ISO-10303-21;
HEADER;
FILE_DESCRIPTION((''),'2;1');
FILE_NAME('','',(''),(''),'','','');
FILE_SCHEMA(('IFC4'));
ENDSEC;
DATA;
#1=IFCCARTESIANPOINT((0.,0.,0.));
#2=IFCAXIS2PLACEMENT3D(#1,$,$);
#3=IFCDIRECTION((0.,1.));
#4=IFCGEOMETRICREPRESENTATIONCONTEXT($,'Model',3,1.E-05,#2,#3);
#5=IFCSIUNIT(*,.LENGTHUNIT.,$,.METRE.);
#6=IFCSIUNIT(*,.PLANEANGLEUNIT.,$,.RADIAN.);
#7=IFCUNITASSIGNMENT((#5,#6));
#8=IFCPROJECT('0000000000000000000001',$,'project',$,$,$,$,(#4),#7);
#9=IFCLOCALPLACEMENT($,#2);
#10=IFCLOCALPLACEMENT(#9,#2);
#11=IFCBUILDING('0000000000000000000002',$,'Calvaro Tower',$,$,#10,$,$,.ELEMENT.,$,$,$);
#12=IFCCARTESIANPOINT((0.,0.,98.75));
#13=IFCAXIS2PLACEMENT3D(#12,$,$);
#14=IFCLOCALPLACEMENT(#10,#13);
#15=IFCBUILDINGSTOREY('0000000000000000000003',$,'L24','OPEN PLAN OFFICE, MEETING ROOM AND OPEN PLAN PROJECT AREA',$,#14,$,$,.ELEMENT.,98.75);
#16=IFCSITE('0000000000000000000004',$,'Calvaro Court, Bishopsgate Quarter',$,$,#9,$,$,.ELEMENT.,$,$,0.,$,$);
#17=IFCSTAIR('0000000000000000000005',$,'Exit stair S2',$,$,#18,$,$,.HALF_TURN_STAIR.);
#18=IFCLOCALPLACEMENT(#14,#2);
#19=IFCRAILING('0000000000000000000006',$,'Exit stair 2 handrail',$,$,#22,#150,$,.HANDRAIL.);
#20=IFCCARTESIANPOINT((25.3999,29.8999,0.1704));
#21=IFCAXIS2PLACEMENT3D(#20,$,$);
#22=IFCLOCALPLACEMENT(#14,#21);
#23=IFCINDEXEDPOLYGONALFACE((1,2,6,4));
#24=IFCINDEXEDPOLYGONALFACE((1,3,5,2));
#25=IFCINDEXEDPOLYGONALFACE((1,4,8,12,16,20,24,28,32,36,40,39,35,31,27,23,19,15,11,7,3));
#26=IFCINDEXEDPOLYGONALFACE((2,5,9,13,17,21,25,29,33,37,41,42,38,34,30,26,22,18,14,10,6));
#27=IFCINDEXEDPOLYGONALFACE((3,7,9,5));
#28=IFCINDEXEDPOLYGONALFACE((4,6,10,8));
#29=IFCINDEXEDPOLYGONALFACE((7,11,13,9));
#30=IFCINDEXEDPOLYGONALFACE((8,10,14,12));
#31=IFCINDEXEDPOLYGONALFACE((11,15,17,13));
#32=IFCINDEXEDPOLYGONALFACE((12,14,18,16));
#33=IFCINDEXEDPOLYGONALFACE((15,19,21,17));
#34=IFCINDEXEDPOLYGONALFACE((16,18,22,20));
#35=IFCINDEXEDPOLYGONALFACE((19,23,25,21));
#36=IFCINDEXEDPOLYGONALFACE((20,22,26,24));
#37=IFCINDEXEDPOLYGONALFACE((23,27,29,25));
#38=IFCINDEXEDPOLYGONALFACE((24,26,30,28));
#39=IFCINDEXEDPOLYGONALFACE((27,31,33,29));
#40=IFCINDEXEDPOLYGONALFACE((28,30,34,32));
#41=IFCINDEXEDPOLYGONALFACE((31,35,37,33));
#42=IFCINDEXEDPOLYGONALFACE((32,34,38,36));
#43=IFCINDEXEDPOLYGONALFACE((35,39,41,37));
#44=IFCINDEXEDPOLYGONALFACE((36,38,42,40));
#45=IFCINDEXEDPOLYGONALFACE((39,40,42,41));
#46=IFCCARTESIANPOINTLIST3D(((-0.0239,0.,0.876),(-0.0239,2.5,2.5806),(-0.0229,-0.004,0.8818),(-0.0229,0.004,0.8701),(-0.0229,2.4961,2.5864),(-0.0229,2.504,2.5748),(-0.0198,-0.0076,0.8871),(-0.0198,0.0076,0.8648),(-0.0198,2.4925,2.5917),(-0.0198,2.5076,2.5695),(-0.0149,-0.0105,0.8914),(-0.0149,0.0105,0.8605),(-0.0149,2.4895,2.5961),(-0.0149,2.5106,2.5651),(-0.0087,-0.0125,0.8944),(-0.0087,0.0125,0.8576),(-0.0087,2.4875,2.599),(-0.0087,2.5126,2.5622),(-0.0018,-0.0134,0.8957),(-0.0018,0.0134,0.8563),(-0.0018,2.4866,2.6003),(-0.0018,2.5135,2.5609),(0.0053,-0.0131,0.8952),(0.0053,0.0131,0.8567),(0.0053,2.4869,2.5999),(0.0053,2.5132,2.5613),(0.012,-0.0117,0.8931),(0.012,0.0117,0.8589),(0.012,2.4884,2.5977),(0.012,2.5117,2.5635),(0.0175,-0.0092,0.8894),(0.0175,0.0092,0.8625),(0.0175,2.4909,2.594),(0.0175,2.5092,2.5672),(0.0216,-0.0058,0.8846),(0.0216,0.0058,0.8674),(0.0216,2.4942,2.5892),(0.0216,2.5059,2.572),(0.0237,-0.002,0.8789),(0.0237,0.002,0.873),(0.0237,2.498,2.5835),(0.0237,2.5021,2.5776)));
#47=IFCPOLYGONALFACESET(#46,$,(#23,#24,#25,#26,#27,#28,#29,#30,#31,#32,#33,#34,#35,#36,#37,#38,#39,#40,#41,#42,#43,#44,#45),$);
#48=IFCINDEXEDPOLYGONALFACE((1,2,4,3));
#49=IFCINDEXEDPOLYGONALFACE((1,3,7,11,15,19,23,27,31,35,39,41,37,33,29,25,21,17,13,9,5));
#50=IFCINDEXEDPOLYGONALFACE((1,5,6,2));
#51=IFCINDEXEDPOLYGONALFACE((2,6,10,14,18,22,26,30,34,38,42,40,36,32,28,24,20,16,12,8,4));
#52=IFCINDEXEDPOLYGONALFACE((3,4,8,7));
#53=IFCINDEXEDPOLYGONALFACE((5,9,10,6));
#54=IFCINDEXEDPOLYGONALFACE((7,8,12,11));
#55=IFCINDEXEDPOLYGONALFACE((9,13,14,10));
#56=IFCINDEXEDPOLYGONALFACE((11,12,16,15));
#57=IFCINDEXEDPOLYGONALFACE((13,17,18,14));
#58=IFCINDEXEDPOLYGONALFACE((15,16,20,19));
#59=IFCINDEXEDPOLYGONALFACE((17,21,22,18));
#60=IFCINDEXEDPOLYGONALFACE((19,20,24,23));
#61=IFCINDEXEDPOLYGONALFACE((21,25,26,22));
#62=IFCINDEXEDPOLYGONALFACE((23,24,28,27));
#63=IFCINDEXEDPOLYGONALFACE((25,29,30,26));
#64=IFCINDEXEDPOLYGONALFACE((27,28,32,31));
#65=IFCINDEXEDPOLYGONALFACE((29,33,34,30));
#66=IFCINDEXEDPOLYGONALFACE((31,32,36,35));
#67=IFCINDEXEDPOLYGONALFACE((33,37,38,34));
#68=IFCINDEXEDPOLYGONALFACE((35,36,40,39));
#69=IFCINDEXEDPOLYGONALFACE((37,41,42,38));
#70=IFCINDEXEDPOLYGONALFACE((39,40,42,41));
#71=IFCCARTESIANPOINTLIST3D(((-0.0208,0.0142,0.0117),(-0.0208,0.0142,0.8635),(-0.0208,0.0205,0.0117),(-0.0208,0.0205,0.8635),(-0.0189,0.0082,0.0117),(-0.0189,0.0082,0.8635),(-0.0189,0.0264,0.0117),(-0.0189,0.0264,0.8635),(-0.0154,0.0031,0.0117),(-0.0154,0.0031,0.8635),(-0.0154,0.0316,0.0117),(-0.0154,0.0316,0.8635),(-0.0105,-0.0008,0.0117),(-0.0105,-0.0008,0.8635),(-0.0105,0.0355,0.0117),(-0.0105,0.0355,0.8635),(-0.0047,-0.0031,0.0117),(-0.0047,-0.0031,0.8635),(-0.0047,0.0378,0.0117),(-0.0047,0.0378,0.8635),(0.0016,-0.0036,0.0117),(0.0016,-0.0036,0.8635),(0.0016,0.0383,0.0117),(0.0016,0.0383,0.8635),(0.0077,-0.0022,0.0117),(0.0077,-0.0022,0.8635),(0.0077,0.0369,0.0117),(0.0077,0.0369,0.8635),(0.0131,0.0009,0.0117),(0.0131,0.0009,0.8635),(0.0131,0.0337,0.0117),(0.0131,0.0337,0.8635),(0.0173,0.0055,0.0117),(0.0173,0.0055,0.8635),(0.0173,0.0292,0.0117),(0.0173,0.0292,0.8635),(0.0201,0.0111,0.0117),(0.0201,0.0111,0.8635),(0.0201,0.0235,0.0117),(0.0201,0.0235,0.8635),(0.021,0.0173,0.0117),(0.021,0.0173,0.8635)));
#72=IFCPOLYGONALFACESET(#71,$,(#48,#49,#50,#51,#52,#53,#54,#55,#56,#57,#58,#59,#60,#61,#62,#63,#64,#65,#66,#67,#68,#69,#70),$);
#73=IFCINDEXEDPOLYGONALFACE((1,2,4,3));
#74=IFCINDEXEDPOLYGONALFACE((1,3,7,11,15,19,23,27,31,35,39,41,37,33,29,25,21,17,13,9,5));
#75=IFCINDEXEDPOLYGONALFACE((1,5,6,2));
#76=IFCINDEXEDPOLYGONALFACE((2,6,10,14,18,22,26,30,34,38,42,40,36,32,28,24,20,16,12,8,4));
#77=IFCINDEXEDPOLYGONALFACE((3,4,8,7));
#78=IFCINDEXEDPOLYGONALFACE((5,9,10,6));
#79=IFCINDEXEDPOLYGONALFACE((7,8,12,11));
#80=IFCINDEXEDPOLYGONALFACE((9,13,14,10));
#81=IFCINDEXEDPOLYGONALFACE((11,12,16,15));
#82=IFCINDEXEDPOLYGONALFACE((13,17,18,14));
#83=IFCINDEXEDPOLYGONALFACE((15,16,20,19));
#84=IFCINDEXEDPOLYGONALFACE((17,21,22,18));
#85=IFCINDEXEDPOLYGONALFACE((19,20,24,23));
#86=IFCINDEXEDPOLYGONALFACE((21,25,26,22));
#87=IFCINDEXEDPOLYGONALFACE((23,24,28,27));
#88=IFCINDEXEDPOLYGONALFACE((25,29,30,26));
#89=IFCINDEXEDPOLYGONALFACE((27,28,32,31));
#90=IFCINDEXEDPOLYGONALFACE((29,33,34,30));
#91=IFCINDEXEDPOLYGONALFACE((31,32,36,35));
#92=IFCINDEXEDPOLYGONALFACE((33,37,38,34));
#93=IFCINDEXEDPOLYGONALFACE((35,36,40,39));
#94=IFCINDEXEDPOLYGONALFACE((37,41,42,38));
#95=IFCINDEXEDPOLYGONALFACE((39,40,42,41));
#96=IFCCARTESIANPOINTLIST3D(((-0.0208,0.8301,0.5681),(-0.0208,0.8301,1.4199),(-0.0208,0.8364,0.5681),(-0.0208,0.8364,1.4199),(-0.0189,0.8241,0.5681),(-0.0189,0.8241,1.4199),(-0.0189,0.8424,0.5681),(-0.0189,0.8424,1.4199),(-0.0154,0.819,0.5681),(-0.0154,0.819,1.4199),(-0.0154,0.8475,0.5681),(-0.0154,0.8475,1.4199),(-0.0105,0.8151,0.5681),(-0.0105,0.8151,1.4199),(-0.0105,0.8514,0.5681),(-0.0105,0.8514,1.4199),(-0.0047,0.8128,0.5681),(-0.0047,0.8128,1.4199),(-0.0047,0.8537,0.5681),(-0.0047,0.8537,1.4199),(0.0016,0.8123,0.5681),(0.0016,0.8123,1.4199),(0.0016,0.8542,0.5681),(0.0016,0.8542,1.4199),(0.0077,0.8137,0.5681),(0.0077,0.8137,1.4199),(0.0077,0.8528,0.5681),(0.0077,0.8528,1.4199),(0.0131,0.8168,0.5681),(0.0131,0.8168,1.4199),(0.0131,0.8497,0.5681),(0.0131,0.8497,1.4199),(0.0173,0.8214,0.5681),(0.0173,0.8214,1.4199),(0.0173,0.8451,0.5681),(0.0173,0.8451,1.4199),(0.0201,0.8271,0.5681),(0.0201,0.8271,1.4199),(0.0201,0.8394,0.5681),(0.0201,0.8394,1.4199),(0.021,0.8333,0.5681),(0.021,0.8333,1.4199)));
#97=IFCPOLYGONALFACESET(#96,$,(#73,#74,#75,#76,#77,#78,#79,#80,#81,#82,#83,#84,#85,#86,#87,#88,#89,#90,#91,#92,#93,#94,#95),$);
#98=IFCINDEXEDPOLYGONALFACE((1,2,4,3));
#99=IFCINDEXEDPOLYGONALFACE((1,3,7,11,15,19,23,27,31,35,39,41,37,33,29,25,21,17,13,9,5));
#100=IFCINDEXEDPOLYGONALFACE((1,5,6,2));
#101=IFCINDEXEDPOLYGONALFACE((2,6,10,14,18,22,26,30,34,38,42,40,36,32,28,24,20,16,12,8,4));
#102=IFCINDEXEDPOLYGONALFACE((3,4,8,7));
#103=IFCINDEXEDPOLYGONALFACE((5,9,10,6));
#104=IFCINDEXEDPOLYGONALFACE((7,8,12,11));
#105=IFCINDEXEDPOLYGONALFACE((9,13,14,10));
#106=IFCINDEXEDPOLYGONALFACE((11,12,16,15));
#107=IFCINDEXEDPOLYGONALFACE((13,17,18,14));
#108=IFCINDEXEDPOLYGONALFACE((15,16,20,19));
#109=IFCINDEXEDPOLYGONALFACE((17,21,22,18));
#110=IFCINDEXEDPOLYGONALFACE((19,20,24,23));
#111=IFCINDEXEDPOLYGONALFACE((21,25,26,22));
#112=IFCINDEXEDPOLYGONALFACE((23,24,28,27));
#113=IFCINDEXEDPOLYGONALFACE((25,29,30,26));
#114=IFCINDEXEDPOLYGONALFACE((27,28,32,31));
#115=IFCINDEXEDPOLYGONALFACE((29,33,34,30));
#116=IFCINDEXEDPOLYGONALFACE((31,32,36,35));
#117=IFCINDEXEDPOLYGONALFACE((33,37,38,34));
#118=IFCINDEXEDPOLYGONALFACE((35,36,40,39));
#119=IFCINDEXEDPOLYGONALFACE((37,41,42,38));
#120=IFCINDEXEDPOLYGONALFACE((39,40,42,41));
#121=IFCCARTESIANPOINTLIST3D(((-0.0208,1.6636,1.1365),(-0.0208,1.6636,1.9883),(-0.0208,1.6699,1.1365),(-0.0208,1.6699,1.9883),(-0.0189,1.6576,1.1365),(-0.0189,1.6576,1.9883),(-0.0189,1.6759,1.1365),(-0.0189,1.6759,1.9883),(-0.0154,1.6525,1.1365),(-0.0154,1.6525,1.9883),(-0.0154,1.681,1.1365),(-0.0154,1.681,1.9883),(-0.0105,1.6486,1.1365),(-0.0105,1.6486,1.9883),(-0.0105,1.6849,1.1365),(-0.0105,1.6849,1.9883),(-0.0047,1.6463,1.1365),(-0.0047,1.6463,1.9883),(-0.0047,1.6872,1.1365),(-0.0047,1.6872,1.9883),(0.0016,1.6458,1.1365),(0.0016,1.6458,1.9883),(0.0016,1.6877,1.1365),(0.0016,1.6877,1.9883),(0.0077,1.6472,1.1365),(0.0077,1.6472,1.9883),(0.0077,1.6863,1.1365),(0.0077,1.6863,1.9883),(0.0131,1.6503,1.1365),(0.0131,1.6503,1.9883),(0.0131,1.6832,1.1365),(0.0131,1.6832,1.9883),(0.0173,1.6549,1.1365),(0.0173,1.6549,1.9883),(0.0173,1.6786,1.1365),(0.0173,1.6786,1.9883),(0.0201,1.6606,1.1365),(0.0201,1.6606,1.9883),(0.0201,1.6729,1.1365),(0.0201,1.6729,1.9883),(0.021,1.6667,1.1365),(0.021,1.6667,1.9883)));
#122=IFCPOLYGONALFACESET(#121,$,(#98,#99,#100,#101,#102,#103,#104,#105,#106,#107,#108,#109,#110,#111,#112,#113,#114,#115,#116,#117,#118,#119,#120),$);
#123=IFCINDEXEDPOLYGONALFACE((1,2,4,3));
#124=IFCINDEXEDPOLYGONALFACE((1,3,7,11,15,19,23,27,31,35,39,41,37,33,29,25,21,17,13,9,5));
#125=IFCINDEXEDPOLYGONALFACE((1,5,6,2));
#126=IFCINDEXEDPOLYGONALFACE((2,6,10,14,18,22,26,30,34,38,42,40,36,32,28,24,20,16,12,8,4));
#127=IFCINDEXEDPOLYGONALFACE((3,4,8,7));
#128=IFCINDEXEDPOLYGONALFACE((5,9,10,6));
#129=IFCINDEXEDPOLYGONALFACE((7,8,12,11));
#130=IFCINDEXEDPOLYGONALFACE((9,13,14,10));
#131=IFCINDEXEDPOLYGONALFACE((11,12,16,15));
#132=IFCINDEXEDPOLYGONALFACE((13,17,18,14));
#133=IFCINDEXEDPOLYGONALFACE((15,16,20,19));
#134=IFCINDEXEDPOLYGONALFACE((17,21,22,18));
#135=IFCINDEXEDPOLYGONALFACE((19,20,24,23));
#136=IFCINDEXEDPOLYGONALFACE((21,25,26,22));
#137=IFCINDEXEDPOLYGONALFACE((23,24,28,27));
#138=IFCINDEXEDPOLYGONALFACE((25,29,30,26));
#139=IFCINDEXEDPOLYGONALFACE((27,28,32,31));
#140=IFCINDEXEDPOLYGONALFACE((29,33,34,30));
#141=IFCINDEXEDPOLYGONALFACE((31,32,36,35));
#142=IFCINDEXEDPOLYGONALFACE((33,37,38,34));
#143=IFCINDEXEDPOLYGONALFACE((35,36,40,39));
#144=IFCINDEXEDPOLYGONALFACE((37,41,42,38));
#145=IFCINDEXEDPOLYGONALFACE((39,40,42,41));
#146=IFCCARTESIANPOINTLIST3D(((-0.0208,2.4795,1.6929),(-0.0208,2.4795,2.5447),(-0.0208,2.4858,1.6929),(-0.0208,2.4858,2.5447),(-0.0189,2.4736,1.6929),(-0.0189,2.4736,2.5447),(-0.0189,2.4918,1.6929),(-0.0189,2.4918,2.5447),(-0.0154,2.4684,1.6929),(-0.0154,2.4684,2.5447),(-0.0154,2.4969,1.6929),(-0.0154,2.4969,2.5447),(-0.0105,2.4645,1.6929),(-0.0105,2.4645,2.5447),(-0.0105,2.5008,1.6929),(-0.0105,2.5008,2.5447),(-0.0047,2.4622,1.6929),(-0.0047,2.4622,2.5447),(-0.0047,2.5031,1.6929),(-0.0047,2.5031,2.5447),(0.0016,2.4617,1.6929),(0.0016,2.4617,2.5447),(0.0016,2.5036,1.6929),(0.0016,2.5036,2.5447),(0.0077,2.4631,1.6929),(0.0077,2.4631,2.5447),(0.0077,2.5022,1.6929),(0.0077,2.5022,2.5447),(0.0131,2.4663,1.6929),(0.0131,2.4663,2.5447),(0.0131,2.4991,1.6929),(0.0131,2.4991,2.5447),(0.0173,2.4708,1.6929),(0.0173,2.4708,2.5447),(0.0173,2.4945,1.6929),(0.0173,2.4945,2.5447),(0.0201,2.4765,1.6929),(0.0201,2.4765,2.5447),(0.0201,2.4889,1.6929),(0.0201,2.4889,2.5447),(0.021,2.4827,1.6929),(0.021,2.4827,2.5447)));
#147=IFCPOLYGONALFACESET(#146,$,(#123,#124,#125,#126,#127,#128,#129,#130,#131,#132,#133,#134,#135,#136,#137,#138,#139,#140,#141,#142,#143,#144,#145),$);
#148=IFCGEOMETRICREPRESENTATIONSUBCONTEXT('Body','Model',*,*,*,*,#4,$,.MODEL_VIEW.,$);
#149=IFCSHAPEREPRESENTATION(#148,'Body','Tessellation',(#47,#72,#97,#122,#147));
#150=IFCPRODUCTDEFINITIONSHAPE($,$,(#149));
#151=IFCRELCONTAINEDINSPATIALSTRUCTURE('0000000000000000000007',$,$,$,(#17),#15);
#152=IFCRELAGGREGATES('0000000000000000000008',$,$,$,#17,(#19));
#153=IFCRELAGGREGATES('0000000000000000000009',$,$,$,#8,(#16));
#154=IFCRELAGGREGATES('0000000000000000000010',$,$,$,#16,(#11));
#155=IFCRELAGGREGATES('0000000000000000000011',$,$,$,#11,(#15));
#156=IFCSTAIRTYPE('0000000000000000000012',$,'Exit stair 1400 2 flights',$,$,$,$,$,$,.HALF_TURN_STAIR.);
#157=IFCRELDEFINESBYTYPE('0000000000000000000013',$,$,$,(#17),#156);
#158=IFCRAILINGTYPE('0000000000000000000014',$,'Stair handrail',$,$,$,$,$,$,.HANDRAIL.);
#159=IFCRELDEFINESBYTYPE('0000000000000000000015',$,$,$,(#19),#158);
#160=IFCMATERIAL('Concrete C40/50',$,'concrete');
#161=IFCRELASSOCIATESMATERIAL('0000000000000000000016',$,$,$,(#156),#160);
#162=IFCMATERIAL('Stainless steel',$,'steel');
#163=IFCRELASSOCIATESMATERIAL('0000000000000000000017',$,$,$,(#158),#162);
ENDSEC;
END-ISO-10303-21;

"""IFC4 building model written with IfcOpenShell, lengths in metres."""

from ifc_helpers import new_model, si_unit, direction, frame, origin, origin_2d, place, context, subcontext, project, spatial, circle, extrude, material, type_object, element, aggregate, save


model = new_model("IFC4")

# Units and contexts
model_context = context("Model", 3, precision=1e-05, world=origin(), true_north=direction((0.0, 1.0)))
body_context = subcontext(model_context, "Body", "Model", "MODEL_VIEW")
ifc_project = project(units=[si_unit("LENGTHUNIT", "METRE"), si_unit("PLANEANGLEUNIT", "RADIAN")], contexts=[model_context])

# Site, building, storey
site_placement = place(None, origin())
site = spatial("IfcSite", under=ifc_project, at=site_placement, Name="Calvaro Court, Bishopsgate Quarter", CompositionType="ELEMENT", RefElevation=0.0)
building_placement = place(site_placement, origin())
building = spatial("IfcBuilding", under=site, at=building_placement, Name="Calvaro Tower", CompositionType="ELEMENT")
storey_placement = place(building_placement, frame((0.0, 0.0, 98.75)))
storey = spatial("IfcBuildingStorey", under=building, at=storey_placement, Name="L24", Description="OPEN PLAN OFFICE, MEETING ROOM AND OPEN PLAN PROJECT AREA", CompositionType="ELEMENT", Elevation=98.75)

# Stair, railing
ifc_material_1 = material(Name="Concrete C40/50", Category="concrete")
stair_type = type_object("IfcStairType", Name="Exit stair 1400 2 flights", PredefinedType="HALF_TURN_STAIR", material=ifc_material_1)
stair_placement = place(storey_placement, origin())
stair = element("IfcStair", 1, at=stair_placement, inside=storey, type_object=stair_type, Name="Exit stair S2", PredefinedType="HALF_TURN_STAIR")
ifc_material_2 = material(Name="Stainless steel", Category="steel")
railing_type = type_object("IfcRailingType", Name="Stair handrail", PredefinedType="HANDRAIL", material=ifc_material_2)
railing_1_placement = place(storey_placement, frame((25.3999, 29.8999, 0.1704)))
railing_1 = element("IfcRailing", 2, at=railing_1_placement, type_object=railing_type, Name="Exit stair 2 handrail", PredefinedType="HANDRAIL", context=body_context, shape_type="SweptSolid", body=[
    extrude(circle(Radius=0.0239, at=origin_2d()), frame((0.0, 0.0, 0.876), z_axis=(0.0, 0.826221, 0.563347), x_axis=(-1.0, 0.0, 0.0)), (0.0, 0.0, 1.0), 3.0259),
    extrude(circle(Radius=0.021, at=origin_2d()), frame((0.0, 0.0173, 0.0117)), (0.0, 0.0, 1.0), 0.8518),
    extrude(circle(Radius=0.021, at=origin_2d()), frame((0.0, 0.8333, 0.5681)), (0.0, 0.0, 1.0), 0.8518),
    extrude(circle(Radius=0.021, at=origin_2d()), frame((0.0, 1.6667, 1.1365)), (0.0, 0.0, 1.0), 0.8518),
    extrude(circle(Radius=0.021, at=origin_2d()), frame((0.0, 2.4827, 1.6929)), (0.0, 0.0, 1.0), 0.8518),
])
aggregate(stair, [railing_1])

save(model, "model.ifc")
